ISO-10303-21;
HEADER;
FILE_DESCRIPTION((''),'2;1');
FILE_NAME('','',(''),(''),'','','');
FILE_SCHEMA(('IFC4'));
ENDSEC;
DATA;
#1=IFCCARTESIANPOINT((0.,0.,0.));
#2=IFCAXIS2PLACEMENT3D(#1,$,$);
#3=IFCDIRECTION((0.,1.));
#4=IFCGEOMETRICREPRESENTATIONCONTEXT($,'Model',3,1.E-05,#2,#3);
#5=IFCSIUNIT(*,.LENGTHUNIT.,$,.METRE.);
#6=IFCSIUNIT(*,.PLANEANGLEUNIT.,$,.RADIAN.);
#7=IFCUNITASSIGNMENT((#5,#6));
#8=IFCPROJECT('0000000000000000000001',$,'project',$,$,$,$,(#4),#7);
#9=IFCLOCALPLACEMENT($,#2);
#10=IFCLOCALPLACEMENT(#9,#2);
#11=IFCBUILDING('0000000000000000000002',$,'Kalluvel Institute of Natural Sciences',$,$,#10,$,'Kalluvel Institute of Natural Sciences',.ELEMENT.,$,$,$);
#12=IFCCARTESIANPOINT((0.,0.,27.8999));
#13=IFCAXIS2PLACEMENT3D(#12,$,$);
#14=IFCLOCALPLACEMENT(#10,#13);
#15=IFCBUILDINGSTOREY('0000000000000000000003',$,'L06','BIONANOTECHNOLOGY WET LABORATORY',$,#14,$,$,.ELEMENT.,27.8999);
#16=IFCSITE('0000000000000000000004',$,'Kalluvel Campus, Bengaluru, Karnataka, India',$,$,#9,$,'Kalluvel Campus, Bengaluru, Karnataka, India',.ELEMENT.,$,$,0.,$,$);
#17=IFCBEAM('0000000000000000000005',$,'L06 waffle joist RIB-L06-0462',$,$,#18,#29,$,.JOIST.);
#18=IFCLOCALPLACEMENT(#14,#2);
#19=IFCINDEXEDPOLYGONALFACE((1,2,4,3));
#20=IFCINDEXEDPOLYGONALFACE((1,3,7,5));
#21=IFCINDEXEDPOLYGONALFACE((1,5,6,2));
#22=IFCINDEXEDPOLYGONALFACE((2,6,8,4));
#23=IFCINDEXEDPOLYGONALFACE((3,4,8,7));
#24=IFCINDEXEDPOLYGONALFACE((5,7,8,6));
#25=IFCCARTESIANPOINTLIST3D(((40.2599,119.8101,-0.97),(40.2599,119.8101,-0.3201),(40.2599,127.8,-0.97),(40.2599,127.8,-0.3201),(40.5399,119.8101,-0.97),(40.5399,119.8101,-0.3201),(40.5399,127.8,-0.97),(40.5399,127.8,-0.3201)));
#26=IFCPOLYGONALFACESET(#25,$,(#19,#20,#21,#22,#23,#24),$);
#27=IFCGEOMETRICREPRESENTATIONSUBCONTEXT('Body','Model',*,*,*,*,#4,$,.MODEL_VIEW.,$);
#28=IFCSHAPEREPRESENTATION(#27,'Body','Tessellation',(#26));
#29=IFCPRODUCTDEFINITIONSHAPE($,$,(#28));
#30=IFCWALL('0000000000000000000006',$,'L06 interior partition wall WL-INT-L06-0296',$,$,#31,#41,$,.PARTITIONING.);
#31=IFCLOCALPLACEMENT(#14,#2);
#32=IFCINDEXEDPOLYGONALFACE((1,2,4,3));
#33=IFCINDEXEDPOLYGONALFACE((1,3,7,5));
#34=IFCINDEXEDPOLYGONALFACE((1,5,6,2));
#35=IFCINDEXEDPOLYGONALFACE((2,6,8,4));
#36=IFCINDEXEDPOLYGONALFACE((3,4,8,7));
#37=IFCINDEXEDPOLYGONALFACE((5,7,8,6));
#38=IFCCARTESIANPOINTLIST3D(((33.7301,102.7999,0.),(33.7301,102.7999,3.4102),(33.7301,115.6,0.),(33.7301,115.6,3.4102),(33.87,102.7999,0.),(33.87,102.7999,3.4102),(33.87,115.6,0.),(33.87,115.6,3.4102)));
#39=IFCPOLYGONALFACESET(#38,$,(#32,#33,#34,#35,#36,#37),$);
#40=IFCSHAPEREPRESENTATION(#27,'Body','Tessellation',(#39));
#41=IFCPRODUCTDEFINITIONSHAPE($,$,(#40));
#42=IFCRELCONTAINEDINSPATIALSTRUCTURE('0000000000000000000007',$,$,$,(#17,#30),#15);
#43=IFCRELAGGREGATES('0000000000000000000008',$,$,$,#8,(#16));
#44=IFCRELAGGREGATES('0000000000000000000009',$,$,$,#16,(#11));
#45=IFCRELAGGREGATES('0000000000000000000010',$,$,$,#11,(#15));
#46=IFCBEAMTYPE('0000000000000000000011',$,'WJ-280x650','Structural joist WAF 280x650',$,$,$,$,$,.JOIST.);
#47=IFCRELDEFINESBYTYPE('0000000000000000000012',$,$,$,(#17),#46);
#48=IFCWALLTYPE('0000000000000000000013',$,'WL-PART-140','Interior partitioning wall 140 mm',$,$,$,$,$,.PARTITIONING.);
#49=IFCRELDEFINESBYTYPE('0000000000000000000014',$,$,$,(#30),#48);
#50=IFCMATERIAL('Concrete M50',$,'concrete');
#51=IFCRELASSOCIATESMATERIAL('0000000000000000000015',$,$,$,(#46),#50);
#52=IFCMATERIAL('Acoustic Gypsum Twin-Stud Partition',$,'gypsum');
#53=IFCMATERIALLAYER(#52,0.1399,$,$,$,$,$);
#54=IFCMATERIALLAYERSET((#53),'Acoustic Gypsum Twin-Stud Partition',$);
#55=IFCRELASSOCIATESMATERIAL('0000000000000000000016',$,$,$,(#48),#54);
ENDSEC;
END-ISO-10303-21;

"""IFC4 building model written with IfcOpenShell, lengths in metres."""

from ifc_helpers import new_model, si_unit, direction, frame, frame_2d, origin, origin_2d, place, context, subcontext, project, spatial, rectangle, extrude, material, layer, layer_set, material_profile, profile_set, type_object, element, save


model = new_model("IFC4")

# Units and contexts
model_context = context("Model", 3, precision=1e-05, world=origin(), true_north=direction((0.0, 1.0)))
body_context = subcontext(model_context, "Body", "Model", "MODEL_VIEW")
ifc_project = project(units=[si_unit("LENGTHUNIT", "METRE"), si_unit("PLANEANGLEUNIT", "RADIAN")], contexts=[model_context])

# Site, building, storey
site_placement = place(None, origin())
site = spatial("IfcSite", under=ifc_project, at=site_placement, Name="Kalluvel Campus, Bengaluru, Karnataka, India", LongName="Kalluvel Campus, Bengaluru, Karnataka, India", CompositionType="ELEMENT", RefElevation=0.0)
building_placement = place(site_placement, origin())
building = spatial("IfcBuilding", under=site, at=building_placement, Name="Kalluvel Institute of Natural Sciences", LongName="Kalluvel Institute of Natural Sciences", CompositionType="ELEMENT")
storey_placement = place(building_placement, frame((0.0, 0.0, 27.8999)))
storey = spatial("IfcBuildingStorey", under=building, at=storey_placement, Name="L06", Description="BIONANOTECHNOLOGY WET LABORATORY", CompositionType="ELEMENT", Elevation=27.8999)

# Beam
ifc_material_1 = material(Name="Concrete M50", Category="concrete")
ifc_material_profile_1 = material_profile(ifc_material_1, rectangle(XDim=0.28, YDim=0.6499, at=origin_2d()), Name="WAF 280x650")
ifc_profile_set_1 = profile_set([ifc_material_profile_1], Name="Concrete M50")
beam_type_1 = type_object("IfcBeamType", Name="WJ-280x650", Description="Structural joist WAF 280x650", PredefinedType="JOIST", material=ifc_profile_set_1)
beam_1_placement = place(storey_placement, frame((40.3999, 119.8101, -0.645), z_axis=(0.0, 1.0, 0.0), x_axis=(-1.0, 0.0, 0.0)))
element("IfcBeam", 1, at=beam_1_placement, inside=storey, type_object=beam_type_1, Name="L06 waffle joist RIB-L06-0462", PredefinedType="JOIST", context=body_context, shape_type="SweptSolid", body=[
    extrude(rectangle(XDim=0.28, YDim=0.6499, at=origin_2d()), origin(), (0.0, 0.0, 1.0), 7.99),
])

# Wall
ifc_material_2 = material(Name="Acoustic Gypsum Twin-Stud Partition", Category="gypsum")
ifc_layer = layer(ifc_material_2, 0.1399)
ifc_layer_set = layer_set([ifc_layer], Name="Acoustic Gypsum Twin-Stud Partition")
wall_type = type_object("IfcWallType", Name="WL-PART-140", Description="Interior partitioning wall 140 mm", PredefinedType="PARTITIONING", material=ifc_layer_set)
wall_placement = place(storey_placement, frame((33.8, 102.8, 0.0), z_axis=(0.0, 0.0, 1.0), x_axis=(0.0, 1.0, 0.0)))
element("IfcWall", 2, at=wall_placement, inside=storey, type_object=wall_type, Name="L06 interior partition wall WL-INT-L06-0296", PredefinedType="PARTITIONING", context=body_context, shape_type="SweptSolid", body=[
    extrude(rectangle(XDim=12.8, YDim=0.1399, at=frame_2d((6.3999, 0.0))), origin(), (0.0, 0.0, 1.0), 3.4102),
])

save(model, "model.ifc")
